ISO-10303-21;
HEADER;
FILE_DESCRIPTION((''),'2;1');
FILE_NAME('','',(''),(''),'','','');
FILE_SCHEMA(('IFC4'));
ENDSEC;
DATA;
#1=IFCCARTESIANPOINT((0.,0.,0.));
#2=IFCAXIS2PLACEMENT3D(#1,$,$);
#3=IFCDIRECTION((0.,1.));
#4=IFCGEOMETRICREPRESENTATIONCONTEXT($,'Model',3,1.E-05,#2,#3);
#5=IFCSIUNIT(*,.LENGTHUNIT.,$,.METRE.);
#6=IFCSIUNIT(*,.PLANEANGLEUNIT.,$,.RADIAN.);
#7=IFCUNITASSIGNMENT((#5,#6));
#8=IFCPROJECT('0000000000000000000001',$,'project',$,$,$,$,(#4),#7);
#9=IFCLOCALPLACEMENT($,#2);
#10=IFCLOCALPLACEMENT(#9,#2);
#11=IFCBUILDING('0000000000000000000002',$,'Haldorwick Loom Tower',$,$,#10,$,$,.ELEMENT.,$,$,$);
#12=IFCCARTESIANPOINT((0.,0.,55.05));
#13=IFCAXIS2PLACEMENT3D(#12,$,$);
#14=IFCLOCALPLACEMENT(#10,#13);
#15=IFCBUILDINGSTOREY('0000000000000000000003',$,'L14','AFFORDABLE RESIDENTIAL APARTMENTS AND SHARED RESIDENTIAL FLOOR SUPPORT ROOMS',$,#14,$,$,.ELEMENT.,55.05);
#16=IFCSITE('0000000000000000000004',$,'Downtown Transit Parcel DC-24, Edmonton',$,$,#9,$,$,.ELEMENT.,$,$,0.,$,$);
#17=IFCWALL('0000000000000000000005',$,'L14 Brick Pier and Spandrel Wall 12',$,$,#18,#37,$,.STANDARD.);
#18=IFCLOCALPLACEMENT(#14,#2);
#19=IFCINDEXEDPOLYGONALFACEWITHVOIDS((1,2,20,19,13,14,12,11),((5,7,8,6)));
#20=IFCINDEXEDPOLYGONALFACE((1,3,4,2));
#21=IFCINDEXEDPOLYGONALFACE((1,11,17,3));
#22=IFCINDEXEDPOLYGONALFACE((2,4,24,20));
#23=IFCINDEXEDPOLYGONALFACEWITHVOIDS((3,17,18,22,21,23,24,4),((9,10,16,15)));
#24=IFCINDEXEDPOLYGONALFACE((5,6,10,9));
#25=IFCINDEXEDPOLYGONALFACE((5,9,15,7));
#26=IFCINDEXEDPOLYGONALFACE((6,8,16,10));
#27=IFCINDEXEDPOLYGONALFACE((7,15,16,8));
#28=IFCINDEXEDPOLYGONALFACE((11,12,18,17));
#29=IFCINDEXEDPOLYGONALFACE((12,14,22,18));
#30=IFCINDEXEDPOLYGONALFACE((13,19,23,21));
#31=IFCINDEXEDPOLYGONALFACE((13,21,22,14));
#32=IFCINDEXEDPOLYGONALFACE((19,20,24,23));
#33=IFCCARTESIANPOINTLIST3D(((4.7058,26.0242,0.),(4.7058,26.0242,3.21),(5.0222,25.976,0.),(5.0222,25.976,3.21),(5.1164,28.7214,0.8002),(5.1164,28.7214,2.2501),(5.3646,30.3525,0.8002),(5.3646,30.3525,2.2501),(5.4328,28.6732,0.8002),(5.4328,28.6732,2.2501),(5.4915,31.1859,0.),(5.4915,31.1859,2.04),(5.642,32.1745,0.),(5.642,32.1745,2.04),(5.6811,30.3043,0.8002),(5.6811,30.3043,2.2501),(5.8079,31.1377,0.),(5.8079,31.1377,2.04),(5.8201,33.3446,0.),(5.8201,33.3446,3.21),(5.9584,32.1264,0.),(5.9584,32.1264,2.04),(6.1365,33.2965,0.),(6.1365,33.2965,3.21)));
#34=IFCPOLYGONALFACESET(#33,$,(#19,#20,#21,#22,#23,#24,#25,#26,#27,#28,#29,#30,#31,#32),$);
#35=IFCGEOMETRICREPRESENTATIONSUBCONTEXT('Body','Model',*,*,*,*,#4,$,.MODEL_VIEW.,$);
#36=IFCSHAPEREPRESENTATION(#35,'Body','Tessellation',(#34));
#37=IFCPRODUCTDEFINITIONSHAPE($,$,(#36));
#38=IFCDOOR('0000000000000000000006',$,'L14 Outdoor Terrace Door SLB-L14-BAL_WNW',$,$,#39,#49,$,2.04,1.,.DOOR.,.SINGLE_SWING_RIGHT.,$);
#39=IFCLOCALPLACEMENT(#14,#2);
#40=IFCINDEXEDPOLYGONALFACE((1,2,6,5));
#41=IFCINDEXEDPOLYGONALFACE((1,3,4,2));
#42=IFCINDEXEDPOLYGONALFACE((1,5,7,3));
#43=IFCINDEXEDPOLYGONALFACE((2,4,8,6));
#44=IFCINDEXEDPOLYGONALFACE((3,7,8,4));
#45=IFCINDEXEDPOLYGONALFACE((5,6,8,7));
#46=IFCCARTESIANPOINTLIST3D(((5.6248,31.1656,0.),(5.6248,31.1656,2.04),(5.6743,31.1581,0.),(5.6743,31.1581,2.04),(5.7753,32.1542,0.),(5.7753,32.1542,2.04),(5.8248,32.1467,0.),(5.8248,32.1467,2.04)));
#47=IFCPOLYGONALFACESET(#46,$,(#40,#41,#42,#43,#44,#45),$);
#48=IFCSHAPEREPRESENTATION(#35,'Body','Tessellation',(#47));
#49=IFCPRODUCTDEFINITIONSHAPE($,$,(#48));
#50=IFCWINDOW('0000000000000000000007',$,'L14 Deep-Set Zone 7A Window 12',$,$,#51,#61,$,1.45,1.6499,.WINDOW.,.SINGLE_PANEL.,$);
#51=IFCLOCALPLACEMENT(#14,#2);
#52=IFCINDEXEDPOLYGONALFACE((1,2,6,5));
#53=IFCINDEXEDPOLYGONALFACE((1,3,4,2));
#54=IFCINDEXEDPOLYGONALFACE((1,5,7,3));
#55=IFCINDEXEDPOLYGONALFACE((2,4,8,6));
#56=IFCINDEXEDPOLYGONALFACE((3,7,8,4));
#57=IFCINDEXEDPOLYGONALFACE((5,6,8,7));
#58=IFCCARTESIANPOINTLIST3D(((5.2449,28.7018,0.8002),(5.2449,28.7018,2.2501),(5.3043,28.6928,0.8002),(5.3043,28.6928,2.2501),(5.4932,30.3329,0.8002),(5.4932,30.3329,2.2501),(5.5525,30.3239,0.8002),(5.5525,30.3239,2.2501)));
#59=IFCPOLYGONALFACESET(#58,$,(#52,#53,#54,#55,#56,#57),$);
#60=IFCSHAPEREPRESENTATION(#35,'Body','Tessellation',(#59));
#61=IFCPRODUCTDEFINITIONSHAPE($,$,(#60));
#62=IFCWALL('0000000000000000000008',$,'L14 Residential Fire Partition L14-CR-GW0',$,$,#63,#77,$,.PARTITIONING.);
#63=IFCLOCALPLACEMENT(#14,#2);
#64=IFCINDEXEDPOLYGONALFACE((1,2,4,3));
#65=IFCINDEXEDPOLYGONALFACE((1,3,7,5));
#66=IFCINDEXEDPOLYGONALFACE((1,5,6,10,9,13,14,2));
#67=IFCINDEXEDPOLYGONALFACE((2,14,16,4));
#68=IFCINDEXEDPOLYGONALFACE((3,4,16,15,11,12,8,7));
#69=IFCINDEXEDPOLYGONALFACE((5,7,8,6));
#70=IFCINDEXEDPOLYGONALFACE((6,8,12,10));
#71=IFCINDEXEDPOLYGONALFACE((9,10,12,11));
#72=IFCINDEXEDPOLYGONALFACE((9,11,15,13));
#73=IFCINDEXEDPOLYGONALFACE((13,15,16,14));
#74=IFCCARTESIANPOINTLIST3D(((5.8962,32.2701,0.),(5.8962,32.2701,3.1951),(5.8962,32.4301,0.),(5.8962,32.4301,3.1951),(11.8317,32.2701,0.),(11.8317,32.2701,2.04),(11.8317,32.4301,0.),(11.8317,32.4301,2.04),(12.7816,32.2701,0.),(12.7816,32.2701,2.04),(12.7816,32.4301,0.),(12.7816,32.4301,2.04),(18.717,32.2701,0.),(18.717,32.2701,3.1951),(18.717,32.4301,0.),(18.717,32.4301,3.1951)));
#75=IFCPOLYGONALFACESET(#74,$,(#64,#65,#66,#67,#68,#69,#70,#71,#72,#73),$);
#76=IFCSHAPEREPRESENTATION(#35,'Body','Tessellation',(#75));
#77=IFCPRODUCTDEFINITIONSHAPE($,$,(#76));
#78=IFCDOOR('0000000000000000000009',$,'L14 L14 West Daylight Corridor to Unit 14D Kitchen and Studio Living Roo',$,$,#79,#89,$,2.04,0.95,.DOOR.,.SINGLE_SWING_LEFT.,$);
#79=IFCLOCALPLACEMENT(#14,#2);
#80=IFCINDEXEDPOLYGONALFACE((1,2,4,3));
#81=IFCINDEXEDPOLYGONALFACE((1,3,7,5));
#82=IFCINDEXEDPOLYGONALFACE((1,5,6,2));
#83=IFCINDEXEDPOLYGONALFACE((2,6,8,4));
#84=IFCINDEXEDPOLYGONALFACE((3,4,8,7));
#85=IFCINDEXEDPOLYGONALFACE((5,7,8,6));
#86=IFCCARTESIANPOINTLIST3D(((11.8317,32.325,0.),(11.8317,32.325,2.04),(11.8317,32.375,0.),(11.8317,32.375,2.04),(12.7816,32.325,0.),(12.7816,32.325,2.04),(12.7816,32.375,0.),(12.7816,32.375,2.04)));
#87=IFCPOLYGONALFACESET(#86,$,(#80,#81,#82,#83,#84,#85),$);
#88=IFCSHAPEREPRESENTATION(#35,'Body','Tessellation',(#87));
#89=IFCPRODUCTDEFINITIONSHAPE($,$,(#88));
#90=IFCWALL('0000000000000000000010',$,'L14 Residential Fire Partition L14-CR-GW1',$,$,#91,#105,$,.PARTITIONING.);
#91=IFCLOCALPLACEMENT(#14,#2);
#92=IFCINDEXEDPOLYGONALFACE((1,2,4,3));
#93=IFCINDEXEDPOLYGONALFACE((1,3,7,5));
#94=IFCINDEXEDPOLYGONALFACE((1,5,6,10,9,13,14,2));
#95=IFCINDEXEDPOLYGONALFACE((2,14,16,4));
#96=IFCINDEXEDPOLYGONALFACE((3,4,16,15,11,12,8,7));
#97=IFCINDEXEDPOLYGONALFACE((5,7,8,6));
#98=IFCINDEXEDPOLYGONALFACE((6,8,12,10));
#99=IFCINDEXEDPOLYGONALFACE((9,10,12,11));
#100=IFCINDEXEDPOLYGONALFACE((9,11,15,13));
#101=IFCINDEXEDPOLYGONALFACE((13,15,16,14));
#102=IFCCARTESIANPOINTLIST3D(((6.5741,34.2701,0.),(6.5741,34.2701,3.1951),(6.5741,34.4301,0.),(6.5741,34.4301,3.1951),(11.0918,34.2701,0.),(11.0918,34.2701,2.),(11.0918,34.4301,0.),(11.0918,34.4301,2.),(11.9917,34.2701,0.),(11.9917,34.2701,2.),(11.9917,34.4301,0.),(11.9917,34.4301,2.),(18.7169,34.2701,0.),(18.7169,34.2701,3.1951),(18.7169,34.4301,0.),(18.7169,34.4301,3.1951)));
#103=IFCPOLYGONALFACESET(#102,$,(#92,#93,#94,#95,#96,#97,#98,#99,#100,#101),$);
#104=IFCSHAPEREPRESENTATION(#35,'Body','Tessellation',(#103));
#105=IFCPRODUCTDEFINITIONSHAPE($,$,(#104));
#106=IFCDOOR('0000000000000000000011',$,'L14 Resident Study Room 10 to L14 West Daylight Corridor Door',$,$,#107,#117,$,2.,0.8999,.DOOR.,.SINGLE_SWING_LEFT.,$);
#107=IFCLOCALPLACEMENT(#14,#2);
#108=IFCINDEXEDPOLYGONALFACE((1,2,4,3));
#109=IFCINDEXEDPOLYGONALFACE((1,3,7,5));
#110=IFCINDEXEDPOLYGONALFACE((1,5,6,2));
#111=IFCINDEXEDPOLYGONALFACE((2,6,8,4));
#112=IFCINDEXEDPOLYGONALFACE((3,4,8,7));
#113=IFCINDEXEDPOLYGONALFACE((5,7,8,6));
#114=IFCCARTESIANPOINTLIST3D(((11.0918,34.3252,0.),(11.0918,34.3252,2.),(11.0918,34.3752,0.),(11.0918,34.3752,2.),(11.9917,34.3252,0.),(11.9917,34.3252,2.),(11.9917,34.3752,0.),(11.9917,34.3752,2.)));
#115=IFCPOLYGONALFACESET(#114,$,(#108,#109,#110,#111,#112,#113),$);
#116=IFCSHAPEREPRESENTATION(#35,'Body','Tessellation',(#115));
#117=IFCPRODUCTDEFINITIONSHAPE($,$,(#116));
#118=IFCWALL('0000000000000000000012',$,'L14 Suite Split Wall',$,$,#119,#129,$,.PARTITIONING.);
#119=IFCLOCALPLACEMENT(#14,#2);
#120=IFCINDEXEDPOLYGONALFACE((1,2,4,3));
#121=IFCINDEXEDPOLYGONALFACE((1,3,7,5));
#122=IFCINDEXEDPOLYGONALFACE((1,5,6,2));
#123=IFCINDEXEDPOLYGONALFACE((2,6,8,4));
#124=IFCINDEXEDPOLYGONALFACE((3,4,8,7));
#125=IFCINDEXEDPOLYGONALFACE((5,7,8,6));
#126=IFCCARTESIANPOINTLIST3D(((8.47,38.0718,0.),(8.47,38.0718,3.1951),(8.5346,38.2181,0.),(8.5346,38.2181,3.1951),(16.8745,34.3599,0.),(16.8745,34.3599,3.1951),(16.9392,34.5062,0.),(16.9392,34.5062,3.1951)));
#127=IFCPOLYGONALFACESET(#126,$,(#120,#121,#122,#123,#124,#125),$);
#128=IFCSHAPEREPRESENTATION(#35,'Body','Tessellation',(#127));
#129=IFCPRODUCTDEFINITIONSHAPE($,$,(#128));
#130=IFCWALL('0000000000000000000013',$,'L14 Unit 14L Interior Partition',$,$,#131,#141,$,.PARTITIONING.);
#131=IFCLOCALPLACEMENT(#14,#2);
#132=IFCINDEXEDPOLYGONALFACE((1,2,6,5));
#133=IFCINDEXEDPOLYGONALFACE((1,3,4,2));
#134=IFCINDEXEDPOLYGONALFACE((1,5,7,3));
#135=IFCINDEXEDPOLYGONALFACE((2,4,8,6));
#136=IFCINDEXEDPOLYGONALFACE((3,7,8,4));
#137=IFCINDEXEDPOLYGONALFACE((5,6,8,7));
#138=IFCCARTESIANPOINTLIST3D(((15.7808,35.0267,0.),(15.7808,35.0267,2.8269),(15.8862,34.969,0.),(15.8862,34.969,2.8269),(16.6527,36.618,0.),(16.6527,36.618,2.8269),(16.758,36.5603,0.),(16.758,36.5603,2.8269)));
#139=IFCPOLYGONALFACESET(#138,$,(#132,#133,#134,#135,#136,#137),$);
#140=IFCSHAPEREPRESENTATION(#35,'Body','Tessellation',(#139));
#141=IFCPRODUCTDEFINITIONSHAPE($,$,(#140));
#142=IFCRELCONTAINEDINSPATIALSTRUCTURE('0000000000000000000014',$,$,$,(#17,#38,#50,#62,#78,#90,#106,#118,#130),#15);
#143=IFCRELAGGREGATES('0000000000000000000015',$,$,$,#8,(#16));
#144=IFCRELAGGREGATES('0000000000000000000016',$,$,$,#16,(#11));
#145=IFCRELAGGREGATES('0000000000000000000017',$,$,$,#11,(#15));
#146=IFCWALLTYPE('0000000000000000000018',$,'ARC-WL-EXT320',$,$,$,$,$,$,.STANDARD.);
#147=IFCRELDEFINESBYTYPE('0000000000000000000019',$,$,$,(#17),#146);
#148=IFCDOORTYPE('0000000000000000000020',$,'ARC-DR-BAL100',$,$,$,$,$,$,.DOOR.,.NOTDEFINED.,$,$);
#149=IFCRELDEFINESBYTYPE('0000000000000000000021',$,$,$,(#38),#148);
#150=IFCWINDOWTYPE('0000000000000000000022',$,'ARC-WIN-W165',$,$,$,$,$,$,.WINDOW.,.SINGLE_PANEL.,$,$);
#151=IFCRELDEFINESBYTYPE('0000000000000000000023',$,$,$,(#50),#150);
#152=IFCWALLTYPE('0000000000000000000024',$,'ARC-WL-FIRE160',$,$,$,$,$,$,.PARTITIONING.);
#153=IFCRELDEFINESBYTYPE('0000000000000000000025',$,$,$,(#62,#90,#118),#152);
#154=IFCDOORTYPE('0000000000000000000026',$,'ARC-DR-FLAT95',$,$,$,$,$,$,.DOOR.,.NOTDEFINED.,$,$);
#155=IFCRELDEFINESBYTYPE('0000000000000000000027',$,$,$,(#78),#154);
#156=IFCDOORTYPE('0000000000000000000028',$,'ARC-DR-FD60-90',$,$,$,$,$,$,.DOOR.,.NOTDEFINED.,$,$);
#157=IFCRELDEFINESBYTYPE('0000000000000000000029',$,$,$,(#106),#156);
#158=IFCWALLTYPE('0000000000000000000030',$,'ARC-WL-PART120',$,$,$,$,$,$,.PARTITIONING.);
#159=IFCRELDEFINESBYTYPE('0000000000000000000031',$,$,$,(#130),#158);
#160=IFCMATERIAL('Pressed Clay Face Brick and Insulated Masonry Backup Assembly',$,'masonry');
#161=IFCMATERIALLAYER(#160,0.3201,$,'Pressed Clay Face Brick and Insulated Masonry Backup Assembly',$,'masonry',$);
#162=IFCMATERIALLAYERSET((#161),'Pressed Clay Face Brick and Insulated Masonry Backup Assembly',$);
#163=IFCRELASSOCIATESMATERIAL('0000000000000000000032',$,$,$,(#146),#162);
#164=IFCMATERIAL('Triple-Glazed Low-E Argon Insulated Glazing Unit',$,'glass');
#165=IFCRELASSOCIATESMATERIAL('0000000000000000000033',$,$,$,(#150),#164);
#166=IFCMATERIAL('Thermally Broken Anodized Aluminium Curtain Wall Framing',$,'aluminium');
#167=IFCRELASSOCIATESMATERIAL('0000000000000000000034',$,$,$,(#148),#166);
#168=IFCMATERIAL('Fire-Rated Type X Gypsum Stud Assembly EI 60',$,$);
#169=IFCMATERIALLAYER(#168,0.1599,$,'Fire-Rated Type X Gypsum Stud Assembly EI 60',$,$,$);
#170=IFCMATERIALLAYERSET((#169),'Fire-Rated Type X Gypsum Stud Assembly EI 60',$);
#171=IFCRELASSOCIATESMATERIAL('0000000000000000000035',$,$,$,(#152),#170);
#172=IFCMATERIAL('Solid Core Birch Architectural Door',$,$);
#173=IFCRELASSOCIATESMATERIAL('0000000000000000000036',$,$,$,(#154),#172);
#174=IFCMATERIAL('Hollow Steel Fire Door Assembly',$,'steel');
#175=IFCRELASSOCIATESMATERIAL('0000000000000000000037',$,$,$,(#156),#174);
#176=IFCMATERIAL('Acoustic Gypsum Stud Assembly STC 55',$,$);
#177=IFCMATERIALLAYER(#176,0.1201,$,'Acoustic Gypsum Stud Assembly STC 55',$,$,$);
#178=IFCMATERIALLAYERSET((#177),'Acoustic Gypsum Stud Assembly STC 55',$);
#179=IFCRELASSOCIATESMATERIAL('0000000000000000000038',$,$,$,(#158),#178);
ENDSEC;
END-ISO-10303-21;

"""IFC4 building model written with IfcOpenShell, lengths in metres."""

from ifc_helpers import new_model, si_unit, direction, frame, frame_2d, origin, place, context, subcontext, project, spatial, rectangle, extrude, material, layer, layer_set, type_object, element, fill, save


model = new_model("IFC4")

# Units and contexts
model_context = context("Model", 3, precision=1e-05, world=origin(), true_north=direction((0.0, 1.0)))
body_context = subcontext(model_context, "Body", "Model", "MODEL_VIEW")
ifc_project = project(units=[si_unit("LENGTHUNIT", "METRE"), si_unit("PLANEANGLEUNIT", "RADIAN")], contexts=[model_context])

# Site, building, storey
site_placement = place(None, origin())
site = spatial("IfcSite", under=ifc_project, at=site_placement, Name="Downtown Transit Parcel DC-24, Edmonton", CompositionType="ELEMENT", RefElevation=0.0)
building_placement = place(site_placement, origin())
building = spatial("IfcBuilding", under=site, at=building_placement, Name="Haldorwick Loom Tower", CompositionType="ELEMENT")
storey_placement = place(building_placement, frame((0.0, 0.0, 55.05)))
storey = spatial("IfcBuildingStorey", under=building, at=storey_placement, Name="L14", Description="AFFORDABLE RESIDENTIAL APARTMENTS AND SHARED RESIDENTIAL FLOOR SUPPORT ROOMS", CompositionType="ELEMENT", Elevation=55.05)

# Shared definitions
ifc_material_1 = material(Name="Pressed Clay Face Brick and Insulated Masonry Backup Assembly", Category="masonry")
ifc_layer_1 = layer(ifc_material_1, 0.3201, Name="Pressed Clay Face Brick and Insulated Masonry Backup Assembly", Category="masonry")
ifc_layer_set_1 = layer_set([ifc_layer_1], Name="Pressed Clay Face Brick and Insulated Masonry Backup Assembly")
wall_type_1 = type_object("IfcWallType", Name="ARC-WL-EXT320", PredefinedType="STANDARD", material=ifc_layer_set_1)
ifc_material_2 = material(Name="Triple-Glazed Low-E Argon Insulated Glazing Unit", Category="glass")
window_type = type_object("IfcWindowType", Name="ARC-WIN-W165", PartitioningType="SINGLE_PANEL", PredefinedType="WINDOW", material=ifc_material_2)

# Wall, openings, door, window
wall_1_placement = place(storey_placement, frame((5.9783, 33.3206, 0.0), z_axis=(0.0, 0.0, 1.0), x_axis=(-0.150476, -0.988614, 0.0)))
wall_1 = element("IfcWall", 1, at=wall_1_placement, inside=storey, type_object=wall_type_1, Name="L14 Brick Pier and Spandrel Wall 12", PredefinedType="STANDARD", context=body_context, shape_type="SweptSolid", body=[
    extrude(rectangle(XDim=7.4048, YDim=0.3201, at=frame_2d((3.7024, 0.0))), origin(), (0.0, 0.0, 1.0), 3.21),
])
opening_1_placement = place(wall_1_placement, frame((1.1836, 0.0, 0.0)))
opening_1 = element("IfcOpeningElement", 2, at=opening_1_placement, cuts=wall_1, PredefinedType="OPENING", context=body_context, shape_type="SweptSolid", body=[
    extrude(rectangle(XDim=1.0, YDim=2.04, at=frame_2d((0.5, 1.02))), frame((0.0, 0.1699, 0.0), z_axis=(0.0, -1.0, 0.0), x_axis=(1.0, 0.0, 0.0)), (0.0, 0.0, 1.0), 0.3401),
])
opening_2_placement = place(wall_1_placement, frame((3.0266, 0.0, 0.8)))
opening_2 = element("IfcOpeningElement", 3, at=opening_2_placement, cuts=wall_1, PredefinedType="OPENING", context=body_context, shape_type="SweptSolid", body=[
    extrude(rectangle(XDim=1.6499, YDim=1.45, at=frame_2d((0.825, 0.7251))), frame((0.0, 0.1699, 0.0), z_axis=(0.0, -1.0, 0.0), x_axis=(1.0, 0.0, 0.0)), (0.0, 0.0, 1.0), 0.3401),
])
ifc_material_3 = material(Name="Thermally Broken Anodized Aluminium Curtain Wall Framing", Category="aluminium")
door_type_1 = type_object("IfcDoorType", Name="ARC-DR-BAL100", OperationType="NOTDEFINED", PredefinedType="DOOR", material=ifc_material_3)
door_1_placement = place(opening_1_placement, origin())
door_1 = element("IfcDoor", 4, at=door_1_placement, inside=storey, type_object=door_type_1, Name="L14 Outdoor Terrace Door SLB-L14-BAL_WNW", OperationType="SINGLE_SWING_RIGHT", OverallHeight=2.04, OverallWidth=1.0, PredefinedType="DOOR", context=body_context, shape_type="SweptSolid", body=[
    extrude(rectangle(XDim=1.0, YDim=2.04, at=frame_2d((0.5, 1.02))), frame((0.0, 0.0249, 0.0), z_axis=(0.0, -1.0, 0.0), x_axis=(1.0, 0.0, 0.0)), (0.0, 0.0, 1.0), 0.05),
])
fill(opening_1, door_1)
window_1_placement = place(opening_2_placement, origin())
window_1 = element("IfcWindow", 5, at=window_1_placement, inside=storey, type_object=window_type, Name="L14 Deep-Set Zone 7A Window 12", OverallHeight=1.45, OverallWidth=1.6499, PartitioningType="SINGLE_PANEL", PredefinedType="WINDOW", context=body_context, shape_type="SweptSolid", body=[
    extrude(rectangle(XDim=1.6499, YDim=1.45, at=frame_2d((0.825, 0.7251))), frame((0.0, 0.03, 0.0), z_axis=(0.0, -1.0, 0.0), x_axis=(1.0, 0.0, 0.0)), (0.0, 0.0, 1.0), 0.0601),
])
fill(opening_2, window_1)

# Walls, openings, doors
ifc_material_4 = material(Name="Fire-Rated Type X Gypsum Stud Assembly EI 60")
ifc_layer_2 = layer(ifc_material_4, 0.1599, Name="Fire-Rated Type X Gypsum Stud Assembly EI 60")
ifc_layer_set_2 = layer_set([ifc_layer_2], Name="Fire-Rated Type X Gypsum Stud Assembly EI 60")
wall_type_2 = type_object("IfcWallType", Name="ARC-WL-FIRE160", PredefinedType="PARTITIONING", material=ifc_layer_set_2)
wall_2_placement = place(storey_placement, frame((5.8962, 32.3501, 0.0), z_axis=(0.0, 0.0, 1.0), x_axis=(1.0, 0.0, 0.0)))
wall_2 = element("IfcWall", 6, at=wall_2_placement, inside=storey, type_object=wall_type_2, Name="L14 Residential Fire Partition L14-CR-GW0", PredefinedType="PARTITIONING", context=body_context, shape_type="SweptSolid", body=[
    extrude(rectangle(XDim=12.8208, YDim=0.1599, at=frame_2d((6.4104, 0.0))), origin(), (0.0, 0.0, 1.0), 3.1951),
])
opening_3_placement = place(wall_2_placement, frame((5.9353, 0.0, 0.0)))
opening_3 = element("IfcOpeningElement", 7, at=opening_3_placement, cuts=wall_2, PredefinedType="OPENING", context=body_context, shape_type="SweptSolid", body=[
    extrude(rectangle(XDim=0.95, YDim=2.04, at=frame_2d((0.4751, 1.02))), frame((0.0, 0.0898, 0.0), z_axis=(0.0, -1.0, 0.0), x_axis=(1.0, 0.0, 0.0)), (0.0, 0.0, 1.0), 0.1799),
])
ifc_material_5 = material(Name="Solid Core Birch Architectural Door")
door_type_2 = type_object("IfcDoorType", Name="ARC-DR-FLAT95", OperationType="NOTDEFINED", PredefinedType="DOOR", material=ifc_material_5)
door_2_placement = place(opening_3_placement, origin())
door_2 = element("IfcDoor", 8, at=door_2_placement, inside=storey, type_object=door_type_2, Name="L14 L14 West Daylight Corridor to Unit 14D Kitchen and Studio Living Roo", OperationType="SINGLE_SWING_LEFT", OverallHeight=2.04, OverallWidth=0.95, PredefinedType="DOOR", context=body_context, shape_type="SweptSolid", body=[
    extrude(rectangle(XDim=0.95, YDim=2.04, at=frame_2d((0.4751, 1.02))), frame((0.0, 0.0249, 0.0), z_axis=(0.0, -1.0, 0.0), x_axis=(1.0, 0.0, 0.0)), (0.0, 0.0, 1.0), 0.05),
])
fill(opening_3, door_2)
wall_3_placement = place(storey_placement, frame((6.5742, 34.3501, 0.0), z_axis=(0.0, 0.0, 1.0), x_axis=(1.0, 0.0, 0.0)))
wall_3 = element("IfcWall", 9, at=wall_3_placement, inside=storey, type_object=wall_type_2, Name="L14 Residential Fire Partition L14-CR-GW1", PredefinedType="PARTITIONING", context=body_context, shape_type="SweptSolid", body=[
    extrude(rectangle(XDim=12.1428, YDim=0.1599, at=frame_2d((6.0713, 0.0))), origin(), (0.0, 0.0, 1.0), 3.1951),
])
opening_4_placement = place(wall_3_placement, frame((4.5176, 0.0, 0.0)))
opening_4 = element("IfcOpeningElement", 10, at=opening_4_placement, cuts=wall_3, PredefinedType="OPENING", context=body_context, shape_type="SweptSolid", body=[
    extrude(rectangle(XDim=0.8999, YDim=2.0, at=frame_2d((0.45, 1.0))), frame((0.0, 0.0898, 0.0), z_axis=(0.0, -1.0, 0.0), x_axis=(1.0, 0.0, 0.0)), (0.0, 0.0, 1.0), 0.1799),
])
ifc_material_6 = material(Name="Hollow Steel Fire Door Assembly", Category="steel")
door_type_3 = type_object("IfcDoorType", Name="ARC-DR-FD60-90", OperationType="NOTDEFINED", PredefinedType="DOOR", material=ifc_material_6)
door_3_placement = place(opening_4_placement, frame((0.8999, 0.0, 0.0), z_axis=(0.0, 0.0, 1.0), x_axis=(-1.0, 0.0, 0.0)))
door_3 = element("IfcDoor", 11, at=door_3_placement, inside=storey, type_object=door_type_3, Name="L14 Resident Study Room 10 to L14 West Daylight Corridor Door", OperationType="SINGLE_SWING_LEFT", OverallHeight=2.0, OverallWidth=0.8999, PredefinedType="DOOR", context=body_context, shape_type="SweptSolid", body=[
    extrude(rectangle(XDim=0.8999, YDim=2.0, at=frame_2d((0.45, 1.0))), frame((0.0, 0.0249, 0.0), z_axis=(0.0, -1.0, 0.0), x_axis=(1.0, 0.0, 0.0)), (0.0, 0.0, 1.0), 0.05),
])
fill(opening_4, door_3)

# Walls
wall_4_placement = place(storey_placement, frame((16.9067, 34.4331, 0.0), z_axis=(0.0, 0.0, 1.0), x_axis=(-0.914756, 0.404007, 0.0)))
element("IfcWall", 12, at=wall_4_placement, inside=storey, type_object=wall_type_2, Name="L14 Suite Split Wall", PredefinedType="PARTITIONING", context=body_context, shape_type="SweptSolid", body=[
    extrude(rectangle(XDim=9.1877, YDim=0.1599, at=frame_2d((4.5938, 0.0))), origin(), (0.0, 0.0, 1.0), 3.1951),
])
ifc_material_7 = material(Name="Acoustic Gypsum Stud Assembly STC 55")
ifc_layer_3 = layer(ifc_material_7, 0.1201, Name="Acoustic Gypsum Stud Assembly STC 55")
ifc_layer_set_3 = layer_set([ifc_layer_3], Name="Acoustic Gypsum Stud Assembly STC 55")
wall_type_3 = type_object("IfcWallType", Name="ARC-WL-PART120", PredefinedType="PARTITIONING", material=ifc_layer_set_3)
wall_5_placement = place(storey_placement, frame((16.7053, 36.5891, 0.0), z_axis=(0.0, 0.0, 1.0), x_axis=(-0.480482, -0.877004, 0.0)))
element("IfcWall", 13, at=wall_5_placement, inside=storey, type_object=wall_type_3, Name="L14 Unit 14L Interior Partition", PredefinedType="PARTITIONING", context=body_context, shape_type="SweptSolid", body=[
    extrude(rectangle(XDim=1.8145, YDim=0.1201, at=frame_2d((0.9072, 0.0))), origin(), (0.0, 0.0, 1.0), 2.8269),
])

save(model, "model.ifc")
